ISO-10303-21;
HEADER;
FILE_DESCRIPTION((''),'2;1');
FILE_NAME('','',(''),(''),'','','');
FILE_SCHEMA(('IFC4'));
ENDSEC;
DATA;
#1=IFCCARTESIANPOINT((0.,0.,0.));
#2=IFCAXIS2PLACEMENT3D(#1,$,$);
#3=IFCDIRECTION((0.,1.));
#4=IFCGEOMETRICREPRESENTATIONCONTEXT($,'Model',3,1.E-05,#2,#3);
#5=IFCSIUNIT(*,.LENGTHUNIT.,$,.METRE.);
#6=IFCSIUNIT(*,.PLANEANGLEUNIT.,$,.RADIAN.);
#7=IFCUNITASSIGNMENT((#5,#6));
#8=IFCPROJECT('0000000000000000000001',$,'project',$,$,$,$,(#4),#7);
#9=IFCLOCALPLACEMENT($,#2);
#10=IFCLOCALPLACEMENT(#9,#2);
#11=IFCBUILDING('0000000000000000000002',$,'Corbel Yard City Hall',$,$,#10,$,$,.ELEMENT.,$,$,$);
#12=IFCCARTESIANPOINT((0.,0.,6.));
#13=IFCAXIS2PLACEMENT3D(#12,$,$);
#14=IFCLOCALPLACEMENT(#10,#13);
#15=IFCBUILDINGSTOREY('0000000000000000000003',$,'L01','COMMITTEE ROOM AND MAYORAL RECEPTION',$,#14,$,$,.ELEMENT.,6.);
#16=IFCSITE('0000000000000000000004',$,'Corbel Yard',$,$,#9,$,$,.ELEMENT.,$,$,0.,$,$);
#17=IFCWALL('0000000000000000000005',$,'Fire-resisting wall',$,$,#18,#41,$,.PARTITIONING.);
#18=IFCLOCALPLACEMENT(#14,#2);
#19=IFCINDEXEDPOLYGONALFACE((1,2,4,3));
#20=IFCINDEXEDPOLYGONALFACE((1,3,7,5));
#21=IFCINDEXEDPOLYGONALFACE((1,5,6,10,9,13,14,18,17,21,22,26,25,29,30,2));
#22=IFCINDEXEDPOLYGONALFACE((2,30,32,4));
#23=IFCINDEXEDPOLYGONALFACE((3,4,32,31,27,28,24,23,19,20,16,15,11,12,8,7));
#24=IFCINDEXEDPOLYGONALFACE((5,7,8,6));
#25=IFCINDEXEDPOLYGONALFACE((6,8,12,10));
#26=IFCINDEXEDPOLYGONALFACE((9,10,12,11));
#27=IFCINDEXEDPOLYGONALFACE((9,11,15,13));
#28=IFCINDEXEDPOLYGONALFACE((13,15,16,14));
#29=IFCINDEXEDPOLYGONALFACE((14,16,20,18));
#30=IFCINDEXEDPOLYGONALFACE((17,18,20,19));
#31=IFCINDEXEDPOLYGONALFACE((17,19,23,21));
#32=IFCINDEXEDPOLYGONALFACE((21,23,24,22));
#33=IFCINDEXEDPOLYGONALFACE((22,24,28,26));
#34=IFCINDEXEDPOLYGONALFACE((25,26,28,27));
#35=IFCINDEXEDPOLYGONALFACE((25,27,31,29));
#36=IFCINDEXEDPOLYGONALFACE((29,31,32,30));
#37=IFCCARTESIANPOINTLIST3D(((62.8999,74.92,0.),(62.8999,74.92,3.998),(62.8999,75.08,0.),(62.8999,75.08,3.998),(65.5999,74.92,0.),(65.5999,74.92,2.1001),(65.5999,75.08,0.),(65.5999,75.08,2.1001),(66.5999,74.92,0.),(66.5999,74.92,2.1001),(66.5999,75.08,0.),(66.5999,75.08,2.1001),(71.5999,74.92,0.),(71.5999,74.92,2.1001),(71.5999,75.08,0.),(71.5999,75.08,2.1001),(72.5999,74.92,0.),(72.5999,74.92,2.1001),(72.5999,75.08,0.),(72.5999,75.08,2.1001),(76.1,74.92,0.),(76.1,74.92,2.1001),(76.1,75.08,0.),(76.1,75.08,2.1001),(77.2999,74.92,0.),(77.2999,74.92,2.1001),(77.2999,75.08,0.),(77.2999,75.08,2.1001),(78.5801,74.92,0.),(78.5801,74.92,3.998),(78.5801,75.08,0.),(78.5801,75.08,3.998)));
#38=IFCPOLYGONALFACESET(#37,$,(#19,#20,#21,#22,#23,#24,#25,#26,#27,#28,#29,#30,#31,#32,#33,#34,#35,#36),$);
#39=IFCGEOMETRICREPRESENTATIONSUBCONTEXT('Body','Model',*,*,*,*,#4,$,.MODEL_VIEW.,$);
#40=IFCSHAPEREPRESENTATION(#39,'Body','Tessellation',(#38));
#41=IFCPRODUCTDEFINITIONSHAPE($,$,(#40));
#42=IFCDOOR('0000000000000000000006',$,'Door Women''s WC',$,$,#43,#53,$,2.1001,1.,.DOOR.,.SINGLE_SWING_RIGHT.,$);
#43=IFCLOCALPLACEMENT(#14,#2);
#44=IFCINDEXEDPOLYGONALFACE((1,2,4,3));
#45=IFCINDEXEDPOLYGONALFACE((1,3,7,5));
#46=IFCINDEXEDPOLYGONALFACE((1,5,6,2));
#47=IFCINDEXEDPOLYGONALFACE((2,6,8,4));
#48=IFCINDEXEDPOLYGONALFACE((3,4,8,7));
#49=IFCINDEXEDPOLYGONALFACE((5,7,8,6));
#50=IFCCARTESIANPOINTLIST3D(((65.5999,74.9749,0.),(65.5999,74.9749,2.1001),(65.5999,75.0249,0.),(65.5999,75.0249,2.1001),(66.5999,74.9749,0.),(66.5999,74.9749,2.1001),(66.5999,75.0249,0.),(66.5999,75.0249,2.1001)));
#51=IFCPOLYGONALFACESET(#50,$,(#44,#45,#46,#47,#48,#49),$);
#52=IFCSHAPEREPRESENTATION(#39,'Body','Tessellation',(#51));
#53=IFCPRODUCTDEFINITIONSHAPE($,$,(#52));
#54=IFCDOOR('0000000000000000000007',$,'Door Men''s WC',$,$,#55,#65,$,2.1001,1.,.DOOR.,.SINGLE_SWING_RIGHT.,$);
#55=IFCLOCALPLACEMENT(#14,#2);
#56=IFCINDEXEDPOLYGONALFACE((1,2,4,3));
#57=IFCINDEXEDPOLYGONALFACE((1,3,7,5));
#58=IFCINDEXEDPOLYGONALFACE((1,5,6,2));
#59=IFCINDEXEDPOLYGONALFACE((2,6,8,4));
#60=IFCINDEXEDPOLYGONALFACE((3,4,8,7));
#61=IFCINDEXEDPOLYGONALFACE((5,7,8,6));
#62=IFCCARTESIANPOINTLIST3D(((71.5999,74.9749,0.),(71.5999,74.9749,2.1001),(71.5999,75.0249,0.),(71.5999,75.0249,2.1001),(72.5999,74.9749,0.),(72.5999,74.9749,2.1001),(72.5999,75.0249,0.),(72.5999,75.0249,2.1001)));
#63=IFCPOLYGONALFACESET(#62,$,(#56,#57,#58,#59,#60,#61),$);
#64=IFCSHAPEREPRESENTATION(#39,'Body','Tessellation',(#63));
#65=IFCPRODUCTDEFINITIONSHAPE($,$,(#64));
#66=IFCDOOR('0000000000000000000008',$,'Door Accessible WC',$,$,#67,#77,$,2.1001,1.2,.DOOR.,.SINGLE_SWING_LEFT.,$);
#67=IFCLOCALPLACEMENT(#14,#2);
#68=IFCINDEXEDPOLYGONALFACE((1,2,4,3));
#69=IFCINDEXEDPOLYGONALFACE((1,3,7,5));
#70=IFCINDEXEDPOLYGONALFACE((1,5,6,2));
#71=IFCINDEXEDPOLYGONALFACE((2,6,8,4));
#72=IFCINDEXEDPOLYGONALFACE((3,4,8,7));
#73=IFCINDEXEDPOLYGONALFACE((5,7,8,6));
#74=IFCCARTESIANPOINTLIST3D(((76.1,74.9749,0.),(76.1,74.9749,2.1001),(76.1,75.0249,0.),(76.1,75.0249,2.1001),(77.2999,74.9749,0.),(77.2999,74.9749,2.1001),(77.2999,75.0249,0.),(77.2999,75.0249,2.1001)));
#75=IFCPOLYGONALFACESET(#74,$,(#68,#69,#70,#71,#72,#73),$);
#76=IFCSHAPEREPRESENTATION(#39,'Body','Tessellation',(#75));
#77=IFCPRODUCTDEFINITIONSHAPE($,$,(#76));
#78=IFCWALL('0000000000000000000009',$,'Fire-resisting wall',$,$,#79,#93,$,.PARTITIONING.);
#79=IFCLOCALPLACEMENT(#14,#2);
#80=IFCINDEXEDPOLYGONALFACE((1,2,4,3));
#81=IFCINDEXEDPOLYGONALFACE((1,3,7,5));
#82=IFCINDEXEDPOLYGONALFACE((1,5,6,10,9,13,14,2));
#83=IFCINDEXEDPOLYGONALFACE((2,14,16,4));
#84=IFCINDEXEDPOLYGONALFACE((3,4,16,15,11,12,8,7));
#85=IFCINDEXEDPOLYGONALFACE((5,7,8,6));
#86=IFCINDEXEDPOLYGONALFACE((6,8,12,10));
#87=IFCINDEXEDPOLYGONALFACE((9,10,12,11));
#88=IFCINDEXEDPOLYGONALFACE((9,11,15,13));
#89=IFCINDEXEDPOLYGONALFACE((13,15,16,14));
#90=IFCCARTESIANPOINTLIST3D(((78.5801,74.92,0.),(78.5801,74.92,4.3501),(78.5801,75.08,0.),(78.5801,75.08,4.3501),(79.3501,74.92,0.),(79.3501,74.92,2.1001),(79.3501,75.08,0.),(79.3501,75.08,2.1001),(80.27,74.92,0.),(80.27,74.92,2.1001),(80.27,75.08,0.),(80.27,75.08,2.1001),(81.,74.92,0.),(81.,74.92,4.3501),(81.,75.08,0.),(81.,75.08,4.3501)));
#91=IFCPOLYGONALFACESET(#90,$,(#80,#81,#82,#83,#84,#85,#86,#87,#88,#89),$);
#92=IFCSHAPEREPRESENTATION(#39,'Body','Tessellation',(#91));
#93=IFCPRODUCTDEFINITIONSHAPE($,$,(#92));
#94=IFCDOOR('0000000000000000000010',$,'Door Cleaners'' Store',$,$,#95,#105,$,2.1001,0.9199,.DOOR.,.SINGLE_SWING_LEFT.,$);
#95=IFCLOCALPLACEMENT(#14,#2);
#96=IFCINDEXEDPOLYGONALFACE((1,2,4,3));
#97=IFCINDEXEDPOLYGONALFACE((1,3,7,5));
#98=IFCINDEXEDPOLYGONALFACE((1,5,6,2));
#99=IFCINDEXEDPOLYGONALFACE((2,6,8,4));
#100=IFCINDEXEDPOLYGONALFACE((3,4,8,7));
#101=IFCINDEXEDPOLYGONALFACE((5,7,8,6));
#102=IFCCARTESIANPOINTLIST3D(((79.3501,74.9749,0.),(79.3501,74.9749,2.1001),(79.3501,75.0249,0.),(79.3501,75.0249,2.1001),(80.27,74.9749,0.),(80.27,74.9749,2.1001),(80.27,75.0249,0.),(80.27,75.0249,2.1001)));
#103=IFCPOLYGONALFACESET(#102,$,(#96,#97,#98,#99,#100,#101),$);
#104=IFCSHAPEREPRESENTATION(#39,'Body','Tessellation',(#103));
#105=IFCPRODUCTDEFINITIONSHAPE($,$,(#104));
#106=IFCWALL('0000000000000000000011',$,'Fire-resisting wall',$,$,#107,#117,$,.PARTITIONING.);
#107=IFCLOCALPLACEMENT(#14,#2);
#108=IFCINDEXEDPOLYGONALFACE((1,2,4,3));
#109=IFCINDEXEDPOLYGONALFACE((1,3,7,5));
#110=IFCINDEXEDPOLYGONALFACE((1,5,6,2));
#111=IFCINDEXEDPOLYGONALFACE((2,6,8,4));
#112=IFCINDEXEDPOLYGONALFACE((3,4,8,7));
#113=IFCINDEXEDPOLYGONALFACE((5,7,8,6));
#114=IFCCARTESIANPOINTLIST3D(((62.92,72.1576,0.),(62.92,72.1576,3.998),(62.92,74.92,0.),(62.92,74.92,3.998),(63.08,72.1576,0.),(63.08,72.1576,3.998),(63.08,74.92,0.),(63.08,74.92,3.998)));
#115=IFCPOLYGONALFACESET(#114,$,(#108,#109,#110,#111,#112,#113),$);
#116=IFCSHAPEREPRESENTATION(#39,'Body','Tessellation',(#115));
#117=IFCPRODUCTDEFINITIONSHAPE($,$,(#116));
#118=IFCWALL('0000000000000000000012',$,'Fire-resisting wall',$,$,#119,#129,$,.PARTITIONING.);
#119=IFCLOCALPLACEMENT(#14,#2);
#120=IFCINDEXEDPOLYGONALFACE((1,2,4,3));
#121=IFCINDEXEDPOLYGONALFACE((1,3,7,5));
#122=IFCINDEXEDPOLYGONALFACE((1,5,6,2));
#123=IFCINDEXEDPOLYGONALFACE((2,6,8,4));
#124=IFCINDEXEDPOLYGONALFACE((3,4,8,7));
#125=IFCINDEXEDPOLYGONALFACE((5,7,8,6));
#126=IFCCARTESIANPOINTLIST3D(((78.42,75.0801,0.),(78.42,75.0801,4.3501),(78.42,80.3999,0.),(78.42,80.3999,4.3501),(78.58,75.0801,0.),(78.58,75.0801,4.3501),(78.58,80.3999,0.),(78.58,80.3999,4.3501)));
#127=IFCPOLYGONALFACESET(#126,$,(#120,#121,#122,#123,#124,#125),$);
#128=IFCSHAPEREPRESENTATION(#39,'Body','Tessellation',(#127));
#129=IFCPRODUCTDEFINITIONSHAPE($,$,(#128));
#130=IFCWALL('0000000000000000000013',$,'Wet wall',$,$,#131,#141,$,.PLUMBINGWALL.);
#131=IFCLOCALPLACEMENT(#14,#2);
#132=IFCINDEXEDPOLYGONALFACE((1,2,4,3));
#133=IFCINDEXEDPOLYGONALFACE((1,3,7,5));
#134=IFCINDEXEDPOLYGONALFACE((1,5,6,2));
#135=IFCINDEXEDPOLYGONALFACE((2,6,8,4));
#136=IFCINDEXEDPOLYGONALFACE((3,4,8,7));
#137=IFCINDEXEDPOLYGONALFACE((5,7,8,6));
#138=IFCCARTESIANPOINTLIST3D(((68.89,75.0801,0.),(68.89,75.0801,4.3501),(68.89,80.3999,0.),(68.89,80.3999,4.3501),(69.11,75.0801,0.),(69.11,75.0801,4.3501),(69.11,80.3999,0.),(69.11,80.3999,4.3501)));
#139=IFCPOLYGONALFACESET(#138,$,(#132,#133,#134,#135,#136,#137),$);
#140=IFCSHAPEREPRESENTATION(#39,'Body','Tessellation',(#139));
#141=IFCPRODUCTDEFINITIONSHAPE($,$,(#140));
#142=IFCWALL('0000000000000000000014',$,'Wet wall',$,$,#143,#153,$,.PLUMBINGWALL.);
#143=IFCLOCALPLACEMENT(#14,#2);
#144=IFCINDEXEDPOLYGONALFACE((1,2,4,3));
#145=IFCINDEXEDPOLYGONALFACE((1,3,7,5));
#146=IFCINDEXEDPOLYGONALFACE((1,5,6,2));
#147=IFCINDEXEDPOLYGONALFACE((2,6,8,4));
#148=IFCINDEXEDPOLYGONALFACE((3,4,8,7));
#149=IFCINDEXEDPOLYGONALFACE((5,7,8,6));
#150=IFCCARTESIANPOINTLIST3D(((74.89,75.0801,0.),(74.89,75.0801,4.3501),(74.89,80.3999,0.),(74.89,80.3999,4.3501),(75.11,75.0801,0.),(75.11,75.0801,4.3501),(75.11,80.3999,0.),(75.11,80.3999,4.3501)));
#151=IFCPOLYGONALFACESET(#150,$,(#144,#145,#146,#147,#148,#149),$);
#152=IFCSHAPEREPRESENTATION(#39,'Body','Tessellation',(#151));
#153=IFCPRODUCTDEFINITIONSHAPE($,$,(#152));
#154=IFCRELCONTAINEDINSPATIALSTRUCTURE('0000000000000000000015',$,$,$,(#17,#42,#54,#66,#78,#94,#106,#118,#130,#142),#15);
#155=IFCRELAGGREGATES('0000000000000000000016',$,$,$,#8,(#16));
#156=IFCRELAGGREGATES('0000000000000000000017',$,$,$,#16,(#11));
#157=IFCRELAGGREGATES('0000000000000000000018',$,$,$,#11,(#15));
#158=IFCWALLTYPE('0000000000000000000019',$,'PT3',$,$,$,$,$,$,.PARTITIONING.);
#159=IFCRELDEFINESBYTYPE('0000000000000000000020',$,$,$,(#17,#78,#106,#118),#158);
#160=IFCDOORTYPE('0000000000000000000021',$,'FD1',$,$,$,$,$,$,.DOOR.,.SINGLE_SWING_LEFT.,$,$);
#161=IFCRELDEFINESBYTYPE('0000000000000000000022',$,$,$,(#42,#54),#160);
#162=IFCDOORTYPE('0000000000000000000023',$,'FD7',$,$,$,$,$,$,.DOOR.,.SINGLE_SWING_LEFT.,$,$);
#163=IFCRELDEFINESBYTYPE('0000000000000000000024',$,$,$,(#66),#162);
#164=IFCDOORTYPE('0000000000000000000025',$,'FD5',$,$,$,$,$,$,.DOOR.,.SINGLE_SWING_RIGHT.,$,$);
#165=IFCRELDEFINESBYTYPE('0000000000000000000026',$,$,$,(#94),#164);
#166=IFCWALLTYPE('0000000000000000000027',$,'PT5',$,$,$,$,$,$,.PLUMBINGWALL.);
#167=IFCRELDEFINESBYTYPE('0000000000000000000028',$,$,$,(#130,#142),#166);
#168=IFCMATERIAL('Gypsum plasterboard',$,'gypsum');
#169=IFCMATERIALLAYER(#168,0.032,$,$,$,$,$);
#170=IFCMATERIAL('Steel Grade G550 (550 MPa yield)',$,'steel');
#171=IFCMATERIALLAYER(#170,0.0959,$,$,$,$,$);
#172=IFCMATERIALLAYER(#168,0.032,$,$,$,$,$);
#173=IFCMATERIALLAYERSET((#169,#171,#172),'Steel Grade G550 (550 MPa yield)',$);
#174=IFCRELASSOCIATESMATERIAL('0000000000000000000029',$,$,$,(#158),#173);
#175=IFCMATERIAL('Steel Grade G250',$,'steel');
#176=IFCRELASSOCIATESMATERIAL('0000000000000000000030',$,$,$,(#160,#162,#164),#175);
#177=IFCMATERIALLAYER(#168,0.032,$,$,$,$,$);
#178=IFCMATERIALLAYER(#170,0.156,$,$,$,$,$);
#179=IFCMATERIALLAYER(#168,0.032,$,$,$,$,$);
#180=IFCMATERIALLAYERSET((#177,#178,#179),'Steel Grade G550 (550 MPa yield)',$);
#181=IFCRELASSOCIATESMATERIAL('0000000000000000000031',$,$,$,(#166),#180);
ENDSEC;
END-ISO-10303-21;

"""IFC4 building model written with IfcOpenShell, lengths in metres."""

from ifc_helpers import new_model, si_unit, direction, frame, frame_2d, origin, place, context, subcontext, project, spatial, rectangle, extrude, material, layer, layer_set, type_object, element, fill, save


model = new_model("IFC4")

# Units and contexts
model_context = context("Model", 3, precision=1e-05, world=origin(), true_north=direction((0.0, 1.0)))
body_context = subcontext(model_context, "Body", "Model", "MODEL_VIEW")
ifc_project = project(units=[si_unit("LENGTHUNIT", "METRE"), si_unit("PLANEANGLEUNIT", "RADIAN")], contexts=[model_context])

# Site, building, storey
site_placement = place(None, origin())
site = spatial("IfcSite", under=ifc_project, at=site_placement, Name="Corbel Yard", CompositionType="ELEMENT", RefElevation=0.0)
building_placement = place(site_placement, origin())
building = spatial("IfcBuilding", under=site, at=building_placement, Name="Corbel Yard City Hall", CompositionType="ELEMENT")
storey_placement = place(building_placement, frame((0.0, 0.0, 6.0)))
storey = spatial("IfcBuildingStorey", under=building, at=storey_placement, Name="L01", Description="COMMITTEE ROOM AND MAYORAL RECEPTION", CompositionType="ELEMENT", Elevation=6.0)

# Shared definitions
ifc_material_1 = material(Name="Gypsum plasterboard", Category="gypsum")
ifc_material_2 = material(Name="Steel Grade G550 (550 MPa yield)", Category="steel")

# Wall, openings, doors
ifc_layer_1 = layer(ifc_material_1, 0.032)
ifc_layer_2 = layer(ifc_material_2, 0.0959)
ifc_layer_3 = layer(ifc_material_1, 0.032)
ifc_layer_set_1 = layer_set([ifc_layer_1, ifc_layer_2, ifc_layer_3], Name="Steel Grade G550 (550 MPa yield)")
wall_type_1 = type_object("IfcWallType", Name="PT3", PredefinedType="PARTITIONING", material=ifc_layer_set_1)
wall_1_placement = place(storey_placement, frame((62.8999, 75.0, 0.0), z_axis=(0.0, 0.0, 1.0), x_axis=(1.0, 0.0, 0.0)))
wall_1 = element("IfcWall", 1, at=wall_1_placement, inside=storey, type_object=wall_type_1, Name="Fire-resisting wall", PredefinedType="PARTITIONING", context=body_context, shape_type="SweptSolid", body=[
    extrude(rectangle(XDim=15.6802, YDim=0.1599, at=frame_2d((7.8401, 0.0))), origin(), (0.0, 0.0, 1.0), 3.998),
])
opening_1_placement = place(wall_1_placement, frame((2.7, 0.0, 0.0)))
opening_1 = element("IfcOpeningElement", 2, at=opening_1_placement, cuts=wall_1, PredefinedType="OPENING", context=body_context, shape_type="SweptSolid", body=[
    extrude(rectangle(XDim=1.0, YDim=2.1001, at=frame_2d((0.5, 1.05))), frame((0.0, 0.0898, 0.0), z_axis=(0.0, -1.0, 0.0), x_axis=(1.0, 0.0, 0.0)), (0.0, 0.0, 1.0), 0.1799),
])
opening_2_placement = place(wall_1_placement, frame((8.7, 0.0, 0.0)))
opening_2 = element("IfcOpeningElement", 3, at=opening_2_placement, cuts=wall_1, PredefinedType="OPENING", context=body_context, shape_type="SweptSolid", body=[
    extrude(rectangle(XDim=1.0, YDim=2.1001, at=frame_2d((0.5, 1.05))), frame((0.0, 0.0898, 0.0), z_axis=(0.0, -1.0, 0.0), x_axis=(1.0, 0.0, 0.0)), (0.0, 0.0, 1.0), 0.1799),
])
opening_3_placement = place(wall_1_placement, frame((13.2, 0.0, 0.0)))
opening_3 = element("IfcOpeningElement", 4, at=opening_3_placement, cuts=wall_1, PredefinedType="OPENING", context=body_context, shape_type="SweptSolid", body=[
    extrude(rectangle(XDim=1.2, YDim=2.1001, at=frame_2d((0.6001, 1.05))), frame((0.0, 0.0898, 0.0), z_axis=(0.0, -1.0, 0.0), x_axis=(1.0, 0.0, 0.0)), (0.0, 0.0, 1.0), 0.1799),
])
ifc_material_3 = material(Name="Steel Grade G250", Category="steel")
door_type_1 = type_object("IfcDoorType", Name="FD1", OperationType="SINGLE_SWING_LEFT", PredefinedType="DOOR", material=ifc_material_3)
door_1_placement = place(opening_1_placement, origin())
door_1 = element("IfcDoor", 5, at=door_1_placement, inside=storey, type_object=door_type_1, Name="Door Women's WC", OperationType="SINGLE_SWING_RIGHT", OverallHeight=2.1001, OverallWidth=1.0, PredefinedType="DOOR", context=body_context, shape_type="SweptSolid", body=[
    extrude(rectangle(XDim=1.0, YDim=2.1001, at=frame_2d((0.5, 1.05))), frame((0.0, 0.0249, 0.0), z_axis=(0.0, -1.0, 0.0), x_axis=(1.0, 0.0, 0.0)), (0.0, 0.0, 1.0), 0.05),
])
fill(opening_1, door_1)
door_2_placement = place(opening_2_placement, origin())
door_2 = element("IfcDoor", 6, at=door_2_placement, inside=storey, type_object=door_type_1, Name="Door Men's WC", OperationType="SINGLE_SWING_RIGHT", OverallHeight=2.1001, OverallWidth=1.0, PredefinedType="DOOR", context=body_context, shape_type="SweptSolid", body=[
    extrude(rectangle(XDim=1.0, YDim=2.1001, at=frame_2d((0.5, 1.05))), frame((0.0, 0.0249, 0.0), z_axis=(0.0, -1.0, 0.0), x_axis=(1.0, 0.0, 0.0)), (0.0, 0.0, 1.0), 0.05),
])
fill(opening_2, door_2)
door_type_2 = type_object("IfcDoorType", Name="FD7", OperationType="SINGLE_SWING_LEFT", PredefinedType="DOOR", material=ifc_material_3)
door_3_placement = place(opening_3_placement, origin())
door_3 = element("IfcDoor", 7, at=door_3_placement, inside=storey, type_object=door_type_2, Name="Door Accessible WC", OperationType="SINGLE_SWING_LEFT", OverallHeight=2.1001, OverallWidth=1.2, PredefinedType="DOOR", context=body_context, shape_type="SweptSolid", body=[
    extrude(rectangle(XDim=1.2, YDim=2.1001, at=frame_2d((0.6001, 1.05))), frame((0.0, 0.0249, 0.0), z_axis=(0.0, -1.0, 0.0), x_axis=(1.0, 0.0, 0.0)), (0.0, 0.0, 1.0), 0.05),
])
fill(opening_3, door_3)

# Wall, opening, door
wall_2_placement = place(storey_placement, frame((78.5801, 75.0, 0.0), z_axis=(0.0, 0.0, 1.0), x_axis=(1.0, 0.0, 0.0)))
wall_2 = element("IfcWall", 8, at=wall_2_placement, inside=storey, type_object=wall_type_1, Name="Fire-resisting wall", PredefinedType="PARTITIONING", context=body_context, shape_type="SweptSolid", body=[
    extrude(rectangle(XDim=2.4199, YDim=0.1599, at=frame_2d((1.21, 0.0))), origin(), (0.0, 0.0, 1.0), 4.3501),
])
opening_4_placement = place(wall_2_placement, frame((0.77, 0.0, 0.0)))
opening_4 = element("IfcOpeningElement", 9, at=opening_4_placement, cuts=wall_2, PredefinedType="OPENING", context=body_context, shape_type="SweptSolid", body=[
    extrude(rectangle(XDim=0.9199, YDim=2.1001, at=frame_2d((0.46, 1.05))), frame((0.0, 0.0898, 0.0), z_axis=(0.0, -1.0, 0.0), x_axis=(1.0, 0.0, 0.0)), (0.0, 0.0, 1.0), 0.1799),
])
door_type_3 = type_object("IfcDoorType", Name="FD5", OperationType="SINGLE_SWING_RIGHT", PredefinedType="DOOR", material=ifc_material_3)
door_4_placement = place(opening_4_placement, origin())
door_4 = element("IfcDoor", 10, at=door_4_placement, inside=storey, type_object=door_type_3, Name="Door Cleaners' Store", OperationType="SINGLE_SWING_LEFT", OverallHeight=2.1001, OverallWidth=0.9199, PredefinedType="DOOR", context=body_context, shape_type="SweptSolid", body=[
    extrude(rectangle(XDim=0.9199, YDim=2.1001, at=frame_2d((0.46, 1.05))), frame((0.0, 0.0249, 0.0), z_axis=(0.0, -1.0, 0.0), x_axis=(1.0, 0.0, 0.0)), (0.0, 0.0, 1.0), 0.05),
])
fill(opening_4, door_4)

# Walls
wall_3_placement = place(storey_placement, frame((63.0, 72.1575, 0.0), z_axis=(0.0, 0.0, 1.0), x_axis=(0.0, 1.0, 0.0)))
element("IfcWall", 11, at=wall_3_placement, inside=storey, type_object=wall_type_1, Name="Fire-resisting wall", PredefinedType="PARTITIONING", context=body_context, shape_type="SweptSolid", body=[
    extrude(rectangle(XDim=2.7625, YDim=0.1599, at=frame_2d((1.3813, 0.0))), origin(), (0.0, 0.0, 1.0), 3.998),
])
wall_4_placement = place(storey_placement, frame((78.5, 75.0801, 0.0), z_axis=(0.0, 0.0, 1.0), x_axis=(0.0, 1.0, 0.0)))
element("IfcWall", 12, at=wall_4_placement, inside=storey, type_object=wall_type_1, Name="Fire-resisting wall", PredefinedType="PARTITIONING", context=body_context, shape_type="SweptSolid", body=[
    extrude(rectangle(XDim=5.3198, YDim=0.1599, at=frame_2d((2.6599, 0.0))), origin(), (0.0, 0.0, 1.0), 4.3501),
])
ifc_layer_4 = layer(ifc_material_1, 0.032)
ifc_layer_5 = layer(ifc_material_2, 0.156)
ifc_layer_6 = layer(ifc_material_1, 0.032)
ifc_layer_set_2 = layer_set([ifc_layer_4, ifc_layer_5, ifc_layer_6], Name="Steel Grade G550 (550 MPa yield)")
wall_type_2 = type_object("IfcWallType", Name="PT5", PredefinedType="PLUMBINGWALL", material=ifc_layer_set_2)
for number, where, z_axis, x_axis, name in (
    (13, (69.0, 75.0801, 0.0), (0.0, 0.0, 1.0), (0.0, 1.0, 0.0), "Wet wall"),
    (14, (75.0, 75.0801, 0.0), (0.0, 0.0, 1.0), (0.0, 1.0, 0.0), "Wet wall"),
):
    element("IfcWall", number, at=place(storey_placement, frame(where, z_axis=z_axis, x_axis=x_axis)), inside=storey, type_object=wall_type_2, Name=name, PredefinedType="PLUMBINGWALL", context=body_context, shape_type="SweptSolid", body=[
        extrude(rectangle(XDim=5.3198, YDim=0.22, at=frame_2d((2.6599, 0.0))), origin(), (0.0, 0.0, 1.0), 4.3501),
    ])

save(model, "model.ifc")
